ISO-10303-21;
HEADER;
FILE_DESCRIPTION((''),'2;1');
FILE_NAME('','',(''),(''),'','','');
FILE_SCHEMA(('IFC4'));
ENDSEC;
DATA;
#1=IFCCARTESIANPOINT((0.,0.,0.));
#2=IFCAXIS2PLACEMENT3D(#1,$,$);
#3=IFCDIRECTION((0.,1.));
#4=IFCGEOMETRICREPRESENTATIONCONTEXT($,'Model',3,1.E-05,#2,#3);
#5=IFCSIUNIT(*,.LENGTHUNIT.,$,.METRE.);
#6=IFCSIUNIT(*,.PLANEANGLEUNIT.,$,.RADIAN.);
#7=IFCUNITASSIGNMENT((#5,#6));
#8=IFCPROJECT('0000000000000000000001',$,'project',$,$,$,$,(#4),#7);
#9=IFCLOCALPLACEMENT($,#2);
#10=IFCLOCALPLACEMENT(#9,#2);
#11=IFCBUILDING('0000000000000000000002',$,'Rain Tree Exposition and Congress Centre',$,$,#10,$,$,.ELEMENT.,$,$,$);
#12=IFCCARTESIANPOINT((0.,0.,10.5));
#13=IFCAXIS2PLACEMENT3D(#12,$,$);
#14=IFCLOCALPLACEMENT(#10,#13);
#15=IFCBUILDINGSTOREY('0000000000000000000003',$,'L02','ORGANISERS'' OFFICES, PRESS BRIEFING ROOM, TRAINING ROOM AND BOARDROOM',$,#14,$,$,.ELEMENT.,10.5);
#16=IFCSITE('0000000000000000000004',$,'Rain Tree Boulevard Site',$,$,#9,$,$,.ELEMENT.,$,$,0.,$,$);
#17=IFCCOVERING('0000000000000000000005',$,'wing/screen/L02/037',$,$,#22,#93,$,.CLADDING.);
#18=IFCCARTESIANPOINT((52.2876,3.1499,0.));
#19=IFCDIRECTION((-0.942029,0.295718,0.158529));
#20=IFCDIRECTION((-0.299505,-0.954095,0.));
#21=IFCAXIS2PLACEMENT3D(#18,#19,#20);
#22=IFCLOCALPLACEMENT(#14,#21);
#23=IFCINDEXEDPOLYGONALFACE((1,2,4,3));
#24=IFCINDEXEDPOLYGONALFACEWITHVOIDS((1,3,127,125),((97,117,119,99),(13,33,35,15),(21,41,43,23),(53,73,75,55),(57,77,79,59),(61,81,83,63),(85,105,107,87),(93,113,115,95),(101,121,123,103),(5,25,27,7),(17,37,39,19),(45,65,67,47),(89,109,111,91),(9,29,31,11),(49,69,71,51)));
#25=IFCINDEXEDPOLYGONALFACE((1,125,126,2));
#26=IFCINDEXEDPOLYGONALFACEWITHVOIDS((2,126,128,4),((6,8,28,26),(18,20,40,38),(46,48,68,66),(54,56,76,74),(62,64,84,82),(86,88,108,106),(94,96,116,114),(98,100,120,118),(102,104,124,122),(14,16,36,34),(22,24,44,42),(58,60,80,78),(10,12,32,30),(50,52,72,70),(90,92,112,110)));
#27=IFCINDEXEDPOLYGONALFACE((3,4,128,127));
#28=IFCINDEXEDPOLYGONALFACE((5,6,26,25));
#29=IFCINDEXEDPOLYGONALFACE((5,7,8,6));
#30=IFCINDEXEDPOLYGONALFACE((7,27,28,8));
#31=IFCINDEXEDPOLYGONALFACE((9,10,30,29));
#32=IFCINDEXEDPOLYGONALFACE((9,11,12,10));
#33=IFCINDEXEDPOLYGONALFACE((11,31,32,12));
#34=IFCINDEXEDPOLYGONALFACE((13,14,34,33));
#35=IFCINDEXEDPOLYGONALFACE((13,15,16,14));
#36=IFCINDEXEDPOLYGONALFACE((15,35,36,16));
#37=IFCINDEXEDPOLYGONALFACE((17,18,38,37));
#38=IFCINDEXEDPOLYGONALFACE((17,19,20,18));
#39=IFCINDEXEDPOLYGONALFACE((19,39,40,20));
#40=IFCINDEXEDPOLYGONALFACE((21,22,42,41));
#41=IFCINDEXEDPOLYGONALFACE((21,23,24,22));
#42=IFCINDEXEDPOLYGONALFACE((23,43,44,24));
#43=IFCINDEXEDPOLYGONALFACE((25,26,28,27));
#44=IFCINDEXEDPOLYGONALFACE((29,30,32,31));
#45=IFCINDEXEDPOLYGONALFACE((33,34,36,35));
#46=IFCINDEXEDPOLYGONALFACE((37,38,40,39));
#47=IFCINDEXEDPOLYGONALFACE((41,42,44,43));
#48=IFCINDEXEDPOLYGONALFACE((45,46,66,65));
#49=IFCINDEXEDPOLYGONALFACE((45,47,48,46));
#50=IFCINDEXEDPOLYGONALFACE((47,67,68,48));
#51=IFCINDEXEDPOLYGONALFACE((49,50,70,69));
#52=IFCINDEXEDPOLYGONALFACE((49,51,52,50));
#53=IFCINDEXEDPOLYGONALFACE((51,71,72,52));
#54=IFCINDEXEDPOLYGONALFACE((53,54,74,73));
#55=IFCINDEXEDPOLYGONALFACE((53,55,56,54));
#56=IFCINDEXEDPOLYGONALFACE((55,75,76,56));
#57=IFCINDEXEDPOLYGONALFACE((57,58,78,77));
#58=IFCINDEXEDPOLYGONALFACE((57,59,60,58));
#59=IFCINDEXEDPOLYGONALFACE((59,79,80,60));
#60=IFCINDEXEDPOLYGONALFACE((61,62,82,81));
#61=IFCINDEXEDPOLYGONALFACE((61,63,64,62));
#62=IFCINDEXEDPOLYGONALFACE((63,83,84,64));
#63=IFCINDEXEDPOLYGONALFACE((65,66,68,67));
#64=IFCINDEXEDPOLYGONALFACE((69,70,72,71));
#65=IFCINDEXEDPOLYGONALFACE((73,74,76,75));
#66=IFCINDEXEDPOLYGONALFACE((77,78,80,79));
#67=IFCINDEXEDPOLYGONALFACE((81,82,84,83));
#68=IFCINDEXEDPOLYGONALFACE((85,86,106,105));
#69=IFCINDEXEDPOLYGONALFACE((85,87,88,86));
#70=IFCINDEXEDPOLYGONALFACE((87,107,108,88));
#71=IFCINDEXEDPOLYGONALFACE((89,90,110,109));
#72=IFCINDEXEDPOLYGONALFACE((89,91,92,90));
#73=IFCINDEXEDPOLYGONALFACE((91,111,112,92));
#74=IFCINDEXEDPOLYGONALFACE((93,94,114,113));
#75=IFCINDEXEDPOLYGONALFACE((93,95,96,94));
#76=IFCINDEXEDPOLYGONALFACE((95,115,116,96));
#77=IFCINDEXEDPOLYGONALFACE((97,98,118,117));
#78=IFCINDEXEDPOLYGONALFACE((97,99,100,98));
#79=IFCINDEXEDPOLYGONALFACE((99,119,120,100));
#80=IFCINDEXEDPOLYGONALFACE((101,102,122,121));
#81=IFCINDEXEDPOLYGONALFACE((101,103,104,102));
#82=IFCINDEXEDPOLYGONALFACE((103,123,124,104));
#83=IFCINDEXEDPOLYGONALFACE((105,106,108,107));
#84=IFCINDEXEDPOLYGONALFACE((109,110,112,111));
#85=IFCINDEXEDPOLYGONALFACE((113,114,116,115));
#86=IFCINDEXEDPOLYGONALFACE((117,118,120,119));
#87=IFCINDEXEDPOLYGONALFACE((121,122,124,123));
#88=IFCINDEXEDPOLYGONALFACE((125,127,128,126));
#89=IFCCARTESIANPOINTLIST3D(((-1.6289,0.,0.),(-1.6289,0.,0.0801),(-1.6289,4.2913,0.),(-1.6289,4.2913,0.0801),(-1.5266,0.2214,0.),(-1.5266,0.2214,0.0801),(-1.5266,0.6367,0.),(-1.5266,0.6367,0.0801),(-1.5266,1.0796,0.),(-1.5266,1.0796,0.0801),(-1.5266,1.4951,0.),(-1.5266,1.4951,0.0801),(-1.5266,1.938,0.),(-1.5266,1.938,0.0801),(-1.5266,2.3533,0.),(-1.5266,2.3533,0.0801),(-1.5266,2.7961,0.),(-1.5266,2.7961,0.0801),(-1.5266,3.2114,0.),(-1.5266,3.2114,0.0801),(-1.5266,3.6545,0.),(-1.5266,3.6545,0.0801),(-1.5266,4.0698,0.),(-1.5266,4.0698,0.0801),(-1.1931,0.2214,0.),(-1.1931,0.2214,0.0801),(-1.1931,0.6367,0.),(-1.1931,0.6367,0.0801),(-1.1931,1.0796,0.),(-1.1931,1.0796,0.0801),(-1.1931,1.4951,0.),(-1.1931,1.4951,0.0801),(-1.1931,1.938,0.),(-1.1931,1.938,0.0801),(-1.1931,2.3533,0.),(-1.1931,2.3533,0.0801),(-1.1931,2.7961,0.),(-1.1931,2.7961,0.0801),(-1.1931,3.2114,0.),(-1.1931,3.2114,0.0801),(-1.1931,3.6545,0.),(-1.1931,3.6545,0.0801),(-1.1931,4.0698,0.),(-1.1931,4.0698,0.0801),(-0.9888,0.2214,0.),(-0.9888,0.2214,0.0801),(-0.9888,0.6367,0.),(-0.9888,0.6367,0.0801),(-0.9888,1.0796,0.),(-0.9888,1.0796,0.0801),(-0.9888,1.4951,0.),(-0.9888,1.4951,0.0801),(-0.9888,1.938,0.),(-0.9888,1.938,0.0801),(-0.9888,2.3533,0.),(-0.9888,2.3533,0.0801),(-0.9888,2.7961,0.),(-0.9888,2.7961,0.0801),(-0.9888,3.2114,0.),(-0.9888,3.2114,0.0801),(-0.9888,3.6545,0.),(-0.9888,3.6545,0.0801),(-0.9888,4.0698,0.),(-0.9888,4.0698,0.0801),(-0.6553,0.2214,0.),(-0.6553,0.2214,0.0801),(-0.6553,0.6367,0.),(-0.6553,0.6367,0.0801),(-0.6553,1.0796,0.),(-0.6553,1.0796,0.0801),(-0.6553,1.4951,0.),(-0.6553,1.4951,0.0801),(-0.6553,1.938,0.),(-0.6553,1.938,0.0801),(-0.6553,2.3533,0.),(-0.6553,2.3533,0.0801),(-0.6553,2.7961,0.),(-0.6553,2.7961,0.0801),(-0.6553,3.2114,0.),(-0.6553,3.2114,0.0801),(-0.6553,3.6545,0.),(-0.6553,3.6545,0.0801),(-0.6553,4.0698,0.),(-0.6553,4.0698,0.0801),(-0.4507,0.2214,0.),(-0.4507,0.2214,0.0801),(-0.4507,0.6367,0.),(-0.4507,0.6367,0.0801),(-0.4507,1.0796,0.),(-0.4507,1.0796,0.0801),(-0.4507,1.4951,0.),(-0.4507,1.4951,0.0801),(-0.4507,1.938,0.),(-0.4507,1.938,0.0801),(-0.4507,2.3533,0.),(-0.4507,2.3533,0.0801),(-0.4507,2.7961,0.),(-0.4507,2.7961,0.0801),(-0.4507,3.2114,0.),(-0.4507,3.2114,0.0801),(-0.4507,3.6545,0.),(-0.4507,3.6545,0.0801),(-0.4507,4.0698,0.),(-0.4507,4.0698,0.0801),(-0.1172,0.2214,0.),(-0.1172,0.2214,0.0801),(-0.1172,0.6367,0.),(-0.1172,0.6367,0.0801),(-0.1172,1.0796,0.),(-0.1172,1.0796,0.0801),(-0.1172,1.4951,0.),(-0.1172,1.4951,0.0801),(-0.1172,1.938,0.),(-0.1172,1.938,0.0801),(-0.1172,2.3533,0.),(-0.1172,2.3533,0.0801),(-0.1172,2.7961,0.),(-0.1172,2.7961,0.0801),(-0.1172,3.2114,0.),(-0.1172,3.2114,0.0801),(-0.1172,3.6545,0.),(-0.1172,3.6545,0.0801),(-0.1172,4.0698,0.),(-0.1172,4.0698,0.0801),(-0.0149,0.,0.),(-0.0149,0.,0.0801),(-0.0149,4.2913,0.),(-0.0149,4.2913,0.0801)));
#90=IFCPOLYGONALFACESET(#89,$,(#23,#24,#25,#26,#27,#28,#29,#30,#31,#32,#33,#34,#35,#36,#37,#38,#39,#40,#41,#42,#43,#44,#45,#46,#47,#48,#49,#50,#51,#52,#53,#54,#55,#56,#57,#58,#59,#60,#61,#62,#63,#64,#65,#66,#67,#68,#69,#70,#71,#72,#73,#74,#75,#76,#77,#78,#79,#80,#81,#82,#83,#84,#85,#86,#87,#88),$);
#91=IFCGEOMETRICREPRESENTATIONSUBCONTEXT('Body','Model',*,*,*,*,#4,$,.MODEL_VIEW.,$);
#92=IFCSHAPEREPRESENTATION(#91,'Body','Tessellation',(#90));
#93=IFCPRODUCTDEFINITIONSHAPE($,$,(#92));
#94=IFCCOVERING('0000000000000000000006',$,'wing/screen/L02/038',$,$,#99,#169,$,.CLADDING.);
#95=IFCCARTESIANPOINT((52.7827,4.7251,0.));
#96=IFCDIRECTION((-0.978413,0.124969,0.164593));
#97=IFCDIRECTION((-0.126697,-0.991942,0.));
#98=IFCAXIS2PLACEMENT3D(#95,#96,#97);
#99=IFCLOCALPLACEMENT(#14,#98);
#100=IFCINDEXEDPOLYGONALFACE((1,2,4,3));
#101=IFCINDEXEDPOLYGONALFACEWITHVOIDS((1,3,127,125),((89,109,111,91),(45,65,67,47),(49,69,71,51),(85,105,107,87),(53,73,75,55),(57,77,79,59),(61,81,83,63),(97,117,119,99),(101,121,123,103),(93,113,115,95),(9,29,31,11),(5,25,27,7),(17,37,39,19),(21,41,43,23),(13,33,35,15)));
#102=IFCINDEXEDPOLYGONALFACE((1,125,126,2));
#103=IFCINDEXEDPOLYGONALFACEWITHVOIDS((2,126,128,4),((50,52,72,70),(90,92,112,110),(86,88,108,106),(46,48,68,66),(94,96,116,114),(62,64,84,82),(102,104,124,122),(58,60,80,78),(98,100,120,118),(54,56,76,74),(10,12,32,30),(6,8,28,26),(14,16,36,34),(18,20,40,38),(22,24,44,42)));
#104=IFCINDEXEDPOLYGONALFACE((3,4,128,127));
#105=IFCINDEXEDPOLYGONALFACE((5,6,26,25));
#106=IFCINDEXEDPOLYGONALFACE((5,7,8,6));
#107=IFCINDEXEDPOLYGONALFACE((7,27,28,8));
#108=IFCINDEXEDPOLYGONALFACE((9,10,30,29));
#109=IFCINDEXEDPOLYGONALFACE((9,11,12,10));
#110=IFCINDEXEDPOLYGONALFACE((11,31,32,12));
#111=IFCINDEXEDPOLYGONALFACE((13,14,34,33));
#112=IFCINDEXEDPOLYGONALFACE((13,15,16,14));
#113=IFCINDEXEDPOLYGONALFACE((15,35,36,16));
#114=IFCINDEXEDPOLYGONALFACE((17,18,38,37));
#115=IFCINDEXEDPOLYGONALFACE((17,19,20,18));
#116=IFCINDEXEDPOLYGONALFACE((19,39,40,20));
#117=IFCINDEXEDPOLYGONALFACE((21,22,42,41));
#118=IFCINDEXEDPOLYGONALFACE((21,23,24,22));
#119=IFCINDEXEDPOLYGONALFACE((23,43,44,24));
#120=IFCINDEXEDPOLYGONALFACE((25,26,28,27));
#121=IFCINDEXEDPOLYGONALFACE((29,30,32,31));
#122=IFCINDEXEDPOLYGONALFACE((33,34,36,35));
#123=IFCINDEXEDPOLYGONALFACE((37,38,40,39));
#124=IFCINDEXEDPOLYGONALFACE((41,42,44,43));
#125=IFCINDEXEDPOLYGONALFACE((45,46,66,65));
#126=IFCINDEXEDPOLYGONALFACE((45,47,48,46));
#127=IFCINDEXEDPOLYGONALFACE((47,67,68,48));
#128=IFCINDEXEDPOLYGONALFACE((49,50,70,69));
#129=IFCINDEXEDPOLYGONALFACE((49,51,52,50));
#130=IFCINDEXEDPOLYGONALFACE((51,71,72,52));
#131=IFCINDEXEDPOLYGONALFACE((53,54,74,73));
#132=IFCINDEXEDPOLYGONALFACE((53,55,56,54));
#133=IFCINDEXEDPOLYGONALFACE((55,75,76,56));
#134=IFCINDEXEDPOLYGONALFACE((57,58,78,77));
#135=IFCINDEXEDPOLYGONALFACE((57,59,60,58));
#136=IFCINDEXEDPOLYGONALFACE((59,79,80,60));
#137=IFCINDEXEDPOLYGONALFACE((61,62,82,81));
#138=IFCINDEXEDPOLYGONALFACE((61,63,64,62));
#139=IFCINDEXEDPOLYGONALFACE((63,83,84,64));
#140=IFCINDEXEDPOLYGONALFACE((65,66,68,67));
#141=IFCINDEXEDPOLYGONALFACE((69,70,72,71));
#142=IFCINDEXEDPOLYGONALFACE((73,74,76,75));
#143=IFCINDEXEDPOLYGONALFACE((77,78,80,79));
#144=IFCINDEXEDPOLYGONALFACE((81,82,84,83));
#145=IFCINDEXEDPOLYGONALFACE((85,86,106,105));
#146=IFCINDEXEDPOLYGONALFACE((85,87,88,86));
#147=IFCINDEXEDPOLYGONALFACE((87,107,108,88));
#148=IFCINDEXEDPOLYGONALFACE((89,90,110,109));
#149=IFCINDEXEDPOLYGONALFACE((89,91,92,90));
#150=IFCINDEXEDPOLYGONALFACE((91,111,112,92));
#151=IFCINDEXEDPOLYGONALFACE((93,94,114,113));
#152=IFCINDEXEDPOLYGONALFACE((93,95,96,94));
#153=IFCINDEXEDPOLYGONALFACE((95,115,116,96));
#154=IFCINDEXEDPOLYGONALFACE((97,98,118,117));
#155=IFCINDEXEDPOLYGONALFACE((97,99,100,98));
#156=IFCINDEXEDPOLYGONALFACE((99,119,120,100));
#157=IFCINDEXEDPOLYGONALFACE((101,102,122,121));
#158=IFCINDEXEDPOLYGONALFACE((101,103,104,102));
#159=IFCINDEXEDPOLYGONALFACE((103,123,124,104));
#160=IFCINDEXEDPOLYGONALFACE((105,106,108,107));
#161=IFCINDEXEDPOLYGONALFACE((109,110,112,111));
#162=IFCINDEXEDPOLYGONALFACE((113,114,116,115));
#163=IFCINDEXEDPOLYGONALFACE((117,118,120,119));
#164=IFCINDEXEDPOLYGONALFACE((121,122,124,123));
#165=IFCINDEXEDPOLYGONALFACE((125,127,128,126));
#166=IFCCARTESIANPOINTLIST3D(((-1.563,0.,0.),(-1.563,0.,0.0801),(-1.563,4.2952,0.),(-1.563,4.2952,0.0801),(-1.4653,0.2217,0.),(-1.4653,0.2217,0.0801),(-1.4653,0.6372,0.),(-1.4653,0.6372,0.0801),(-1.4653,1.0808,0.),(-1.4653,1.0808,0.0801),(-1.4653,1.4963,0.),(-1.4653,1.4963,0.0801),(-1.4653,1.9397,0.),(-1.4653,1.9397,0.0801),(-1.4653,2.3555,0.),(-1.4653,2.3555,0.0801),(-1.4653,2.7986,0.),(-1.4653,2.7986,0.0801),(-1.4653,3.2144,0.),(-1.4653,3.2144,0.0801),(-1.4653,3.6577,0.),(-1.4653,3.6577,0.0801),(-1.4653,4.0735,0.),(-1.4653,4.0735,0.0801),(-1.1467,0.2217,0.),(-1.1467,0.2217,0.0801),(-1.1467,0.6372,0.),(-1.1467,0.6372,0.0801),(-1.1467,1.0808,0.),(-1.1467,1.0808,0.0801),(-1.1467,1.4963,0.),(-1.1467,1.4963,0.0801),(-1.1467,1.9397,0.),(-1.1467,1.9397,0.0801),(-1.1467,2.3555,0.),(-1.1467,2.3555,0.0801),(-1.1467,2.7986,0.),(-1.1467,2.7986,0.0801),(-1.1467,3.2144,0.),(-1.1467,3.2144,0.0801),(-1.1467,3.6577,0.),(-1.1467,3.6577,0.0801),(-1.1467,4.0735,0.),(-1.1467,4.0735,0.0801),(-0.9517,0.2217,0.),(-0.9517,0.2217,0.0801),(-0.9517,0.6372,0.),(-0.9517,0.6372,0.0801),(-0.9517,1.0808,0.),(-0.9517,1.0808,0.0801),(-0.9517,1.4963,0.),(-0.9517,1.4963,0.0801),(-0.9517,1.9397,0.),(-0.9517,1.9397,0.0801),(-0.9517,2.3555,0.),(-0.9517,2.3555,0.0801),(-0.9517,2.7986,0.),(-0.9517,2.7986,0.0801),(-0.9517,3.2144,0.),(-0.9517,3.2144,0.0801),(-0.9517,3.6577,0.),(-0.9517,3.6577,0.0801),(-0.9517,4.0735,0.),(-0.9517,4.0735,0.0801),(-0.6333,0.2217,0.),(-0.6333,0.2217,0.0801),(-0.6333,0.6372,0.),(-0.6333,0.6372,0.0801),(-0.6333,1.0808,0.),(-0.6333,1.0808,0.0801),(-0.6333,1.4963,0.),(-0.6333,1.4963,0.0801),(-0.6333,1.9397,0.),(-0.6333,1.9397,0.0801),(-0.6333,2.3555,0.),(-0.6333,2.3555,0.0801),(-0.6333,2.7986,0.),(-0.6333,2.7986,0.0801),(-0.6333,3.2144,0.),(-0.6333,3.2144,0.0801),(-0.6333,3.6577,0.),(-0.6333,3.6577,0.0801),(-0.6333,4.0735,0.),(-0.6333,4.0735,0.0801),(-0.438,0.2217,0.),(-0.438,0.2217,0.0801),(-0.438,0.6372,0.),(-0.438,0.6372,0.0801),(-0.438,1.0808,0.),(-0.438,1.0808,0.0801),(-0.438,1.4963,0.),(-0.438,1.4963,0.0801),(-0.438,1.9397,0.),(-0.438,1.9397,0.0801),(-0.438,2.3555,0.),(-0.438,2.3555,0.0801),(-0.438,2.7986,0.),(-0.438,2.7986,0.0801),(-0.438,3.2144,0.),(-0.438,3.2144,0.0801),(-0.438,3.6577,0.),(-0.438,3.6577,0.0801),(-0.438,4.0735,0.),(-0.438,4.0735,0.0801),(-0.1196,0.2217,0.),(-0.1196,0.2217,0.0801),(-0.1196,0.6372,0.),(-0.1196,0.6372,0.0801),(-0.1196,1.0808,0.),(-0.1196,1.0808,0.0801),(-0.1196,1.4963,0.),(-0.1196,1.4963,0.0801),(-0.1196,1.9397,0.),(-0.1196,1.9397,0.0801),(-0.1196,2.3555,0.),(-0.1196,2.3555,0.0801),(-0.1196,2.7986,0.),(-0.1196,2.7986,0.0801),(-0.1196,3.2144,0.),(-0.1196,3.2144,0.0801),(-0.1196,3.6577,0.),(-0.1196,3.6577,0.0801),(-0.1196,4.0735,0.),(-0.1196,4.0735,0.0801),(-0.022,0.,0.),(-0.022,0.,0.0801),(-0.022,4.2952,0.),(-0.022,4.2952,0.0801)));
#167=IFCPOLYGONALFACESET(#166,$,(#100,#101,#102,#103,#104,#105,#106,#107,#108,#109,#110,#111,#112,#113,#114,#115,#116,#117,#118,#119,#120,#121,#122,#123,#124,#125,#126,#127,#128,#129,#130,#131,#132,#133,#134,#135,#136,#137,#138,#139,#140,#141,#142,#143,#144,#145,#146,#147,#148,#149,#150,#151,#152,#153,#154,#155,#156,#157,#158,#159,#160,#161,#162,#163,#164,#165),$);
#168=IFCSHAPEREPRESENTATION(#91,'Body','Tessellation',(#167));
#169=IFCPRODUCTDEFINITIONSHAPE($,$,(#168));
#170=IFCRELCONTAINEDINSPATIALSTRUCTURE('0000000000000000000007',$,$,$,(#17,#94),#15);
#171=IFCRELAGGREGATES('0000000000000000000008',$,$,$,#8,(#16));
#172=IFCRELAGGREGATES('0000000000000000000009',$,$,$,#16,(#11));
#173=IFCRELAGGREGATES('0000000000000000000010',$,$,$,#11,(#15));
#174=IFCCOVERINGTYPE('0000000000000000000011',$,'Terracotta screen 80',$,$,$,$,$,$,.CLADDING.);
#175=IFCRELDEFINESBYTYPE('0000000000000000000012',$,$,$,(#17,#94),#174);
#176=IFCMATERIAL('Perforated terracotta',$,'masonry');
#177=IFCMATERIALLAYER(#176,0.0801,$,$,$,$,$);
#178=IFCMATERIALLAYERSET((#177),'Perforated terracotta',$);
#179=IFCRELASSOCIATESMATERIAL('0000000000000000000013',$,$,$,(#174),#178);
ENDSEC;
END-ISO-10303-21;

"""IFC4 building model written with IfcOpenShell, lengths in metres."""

from ifc_helpers import new_model, si_unit, direction, frame, origin, place, context, subcontext, project, spatial, polyline, outline, extrude, material, layer, layer_set, type_object, element, save


model = new_model("IFC4")

# Units and contexts
model_context = context("Model", 3, precision=1e-05, world=origin(), true_north=direction((0.0, 1.0)))
body_context = subcontext(model_context, "Body", "Model", "MODEL_VIEW")
ifc_project = project(units=[si_unit("LENGTHUNIT", "METRE"), si_unit("PLANEANGLEUNIT", "RADIAN")], contexts=[model_context])

# Site, building, storey
site_placement = place(None, origin())
site = spatial("IfcSite", under=ifc_project, at=site_placement, Name="Rain Tree Boulevard Site", CompositionType="ELEMENT", RefElevation=0.0)
building_placement = place(site_placement, origin())
building = spatial("IfcBuilding", under=site, at=building_placement, Name="Rain Tree Exposition and Congress Centre", CompositionType="ELEMENT")
storey_placement = place(building_placement, frame((0.0, 0.0, 10.5)))
storey = spatial("IfcBuildingStorey", under=building, at=storey_placement, Name="L02", Description="ORGANISERS' OFFICES, PRESS BRIEFING ROOM, TRAINING ROOM AND BOARDROOM", CompositionType="ELEMENT", Elevation=10.5)

# Coverings
ifc_material_1 = material(Name="Perforated terracotta", Category="masonry")
ifc_layer_1 = layer(ifc_material_1, 0.0801)
ifc_layer_set_1 = layer_set([ifc_layer_1], Name="Perforated terracotta")
covering_type = type_object("IfcCoveringType", Name="Terracotta screen 80", PredefinedType="CLADDING", material=ifc_layer_set_1)
covering_1_placement = place(storey_placement, frame((52.2876, 3.1499, 0.0), z_axis=(-0.942029, 0.295718, 0.158529), x_axis=(-0.299505, -0.954095, 0.0)))
element("IfcCovering", 1, at=covering_1_placement, inside=storey, type_object=covering_type, Name="wing/screen/L02/037", PredefinedType="CLADDING", context=body_context, shape_type="SweptSolid", body=[
    extrude(outline(polyline([(-1.6289, 0.0), (-1.6289, 4.2913), (-0.0149, 4.2913), (-0.0149, 0.0), (-1.6289, 0.0)]), holes=[polyline([(-0.1172, 0.2214), (-0.1172, 0.6367), (-0.4507, 0.6367), (-0.4507, 0.2214), (-0.1172, 0.2214)]), polyline([(-0.1172, 1.0796), (-0.1172, 1.4951), (-0.4507, 1.4951), (-0.4507, 1.0796), (-0.1172, 1.0796)]), polyline([(-0.1172, 1.938), (-0.1172, 2.3533), (-0.4507, 2.3533), (-0.4507, 1.938), (-0.1172, 1.938)]), polyline([(-0.1172, 2.7961), (-0.1172, 3.2114), (-0.4507, 3.2114), (-0.4507, 2.7961), (-0.1172, 2.7961)]), polyline([(-0.1172, 3.6545), (-0.1172, 4.0698), (-0.4507, 4.0698), (-0.4507, 3.6545), (-0.1172, 3.6545)]), polyline([(-0.6553, 0.2214), (-0.6553, 0.6367), (-0.9888, 0.6367), (-0.9888, 0.2214), (-0.6553, 0.2214)]), polyline([(-0.6553, 1.0796), (-0.6553, 1.4951), (-0.9888, 1.4951), (-0.9888, 1.0796), (-0.6553, 1.0796)]), polyline([(-0.6553, 1.938), (-0.6553, 2.3533), (-0.9888, 2.3533), (-0.9888, 1.938), (-0.6553, 1.938)]), polyline([(-0.6553, 2.7961), (-0.6553, 3.2114), (-0.9888, 3.2114), (-0.9888, 2.7961), (-0.6553, 2.7961)]), polyline([(-0.6553, 3.6545), (-0.6553, 4.0698), (-0.9888, 4.0698), (-0.9888, 3.6545), (-0.6553, 3.6545)]), polyline([(-1.1931, 0.2214), (-1.1931, 0.6367), (-1.5266, 0.6367), (-1.5266, 0.2214), (-1.1931, 0.2214)]), polyline([(-1.1931, 1.0796), (-1.1931, 1.4951), (-1.5266, 1.4951), (-1.5266, 1.0796), (-1.1931, 1.0796)]), polyline([(-1.1931, 1.938), (-1.1931, 2.3533), (-1.5266, 2.3533), (-1.5266, 1.938), (-1.1931, 1.938)]), polyline([(-1.1931, 2.7961), (-1.1931, 3.2114), (-1.5266, 3.2114), (-1.5266, 2.7961), (-1.1931, 2.7961)]), polyline([(-1.1931, 3.6545), (-1.1931, 4.0698), (-1.5266, 4.0698), (-1.5266, 3.6545), (-1.1931, 3.6545)])]), origin(), (0.0, 0.0, 1.0), 0.0801),
])
covering_2_placement = place(storey_placement, frame((52.7827, 4.7251, 0.0), z_axis=(-0.978413, 0.124969, 0.164593), x_axis=(-0.126697, -0.991942, 0.0)))
element("IfcCovering", 2, at=covering_2_placement, inside=storey, type_object=covering_type, Name="wing/screen/L02/038", PredefinedType="CLADDING", context=body_context, shape_type="SweptSolid", body=[
    extrude(outline(polyline([(-1.563, 0.0), (-1.563, 4.2952), (-0.022, 4.2952), (-0.022, 0.0), (-1.563, 0.0)]), holes=[polyline([(-0.1196, 0.2217), (-0.1196, 0.6372), (-0.438, 0.6372), (-0.438, 0.2217), (-0.1196, 0.2217)]), polyline([(-0.1196, 1.0808), (-0.1196, 1.4963), (-0.438, 1.4963), (-0.438, 1.0808), (-0.1196, 1.0808)]), polyline([(-0.1196, 1.9397), (-0.1196, 2.3555), (-0.438, 2.3555), (-0.438, 1.9397), (-0.1196, 1.9397)]), polyline([(-0.1196, 2.7986), (-0.1196, 3.2144), (-0.438, 3.2144), (-0.438, 2.7986), (-0.1196, 2.7986)]), polyline([(-0.1196, 3.6577), (-0.1196, 4.0735), (-0.438, 4.0735), (-0.438, 3.6577), (-0.1196, 3.6577)]), polyline([(-0.6333, 0.2217), (-0.6333, 0.6372), (-0.9517, 0.6372), (-0.9517, 0.2217), (-0.6333, 0.2217)]), polyline([(-0.6333, 1.0808), (-0.6333, 1.4963), (-0.9517, 1.4963), (-0.9517, 1.0808), (-0.6333, 1.0808)]), polyline([(-0.6333, 1.9397), (-0.6333, 2.3555), (-0.9517, 2.3555), (-0.9517, 1.9397), (-0.6333, 1.9397)]), polyline([(-0.6333, 2.7986), (-0.6333, 3.2144), (-0.9517, 3.2144), (-0.9517, 2.7986), (-0.6333, 2.7986)]), polyline([(-0.6333, 3.6577), (-0.6333, 4.0735), (-0.9517, 4.0735), (-0.9517, 3.6577), (-0.6333, 3.6577)]), polyline([(-1.1467, 0.2217), (-1.1467, 0.6372), (-1.4653, 0.6372), (-1.4653, 0.2217), (-1.1467, 0.2217)]), polyline([(-1.1467, 1.0808), (-1.1467, 1.4963), (-1.4653, 1.4963), (-1.4653, 1.0808), (-1.1467, 1.0808)]), polyline([(-1.1467, 1.9397), (-1.1467, 2.3555), (-1.4653, 2.3555), (-1.4653, 1.9397), (-1.1467, 1.9397)]), polyline([(-1.1467, 2.7986), (-1.1467, 3.2144), (-1.4653, 3.2144), (-1.4653, 2.7986), (-1.1467, 2.7986)]), polyline([(-1.1467, 3.6577), (-1.1467, 4.0735), (-1.4653, 4.0735), (-1.4653, 3.6577), (-1.1467, 3.6577)])]), origin(), (0.0, 0.0, 1.0), 0.0801),
])

save(model, "model.ifc")
